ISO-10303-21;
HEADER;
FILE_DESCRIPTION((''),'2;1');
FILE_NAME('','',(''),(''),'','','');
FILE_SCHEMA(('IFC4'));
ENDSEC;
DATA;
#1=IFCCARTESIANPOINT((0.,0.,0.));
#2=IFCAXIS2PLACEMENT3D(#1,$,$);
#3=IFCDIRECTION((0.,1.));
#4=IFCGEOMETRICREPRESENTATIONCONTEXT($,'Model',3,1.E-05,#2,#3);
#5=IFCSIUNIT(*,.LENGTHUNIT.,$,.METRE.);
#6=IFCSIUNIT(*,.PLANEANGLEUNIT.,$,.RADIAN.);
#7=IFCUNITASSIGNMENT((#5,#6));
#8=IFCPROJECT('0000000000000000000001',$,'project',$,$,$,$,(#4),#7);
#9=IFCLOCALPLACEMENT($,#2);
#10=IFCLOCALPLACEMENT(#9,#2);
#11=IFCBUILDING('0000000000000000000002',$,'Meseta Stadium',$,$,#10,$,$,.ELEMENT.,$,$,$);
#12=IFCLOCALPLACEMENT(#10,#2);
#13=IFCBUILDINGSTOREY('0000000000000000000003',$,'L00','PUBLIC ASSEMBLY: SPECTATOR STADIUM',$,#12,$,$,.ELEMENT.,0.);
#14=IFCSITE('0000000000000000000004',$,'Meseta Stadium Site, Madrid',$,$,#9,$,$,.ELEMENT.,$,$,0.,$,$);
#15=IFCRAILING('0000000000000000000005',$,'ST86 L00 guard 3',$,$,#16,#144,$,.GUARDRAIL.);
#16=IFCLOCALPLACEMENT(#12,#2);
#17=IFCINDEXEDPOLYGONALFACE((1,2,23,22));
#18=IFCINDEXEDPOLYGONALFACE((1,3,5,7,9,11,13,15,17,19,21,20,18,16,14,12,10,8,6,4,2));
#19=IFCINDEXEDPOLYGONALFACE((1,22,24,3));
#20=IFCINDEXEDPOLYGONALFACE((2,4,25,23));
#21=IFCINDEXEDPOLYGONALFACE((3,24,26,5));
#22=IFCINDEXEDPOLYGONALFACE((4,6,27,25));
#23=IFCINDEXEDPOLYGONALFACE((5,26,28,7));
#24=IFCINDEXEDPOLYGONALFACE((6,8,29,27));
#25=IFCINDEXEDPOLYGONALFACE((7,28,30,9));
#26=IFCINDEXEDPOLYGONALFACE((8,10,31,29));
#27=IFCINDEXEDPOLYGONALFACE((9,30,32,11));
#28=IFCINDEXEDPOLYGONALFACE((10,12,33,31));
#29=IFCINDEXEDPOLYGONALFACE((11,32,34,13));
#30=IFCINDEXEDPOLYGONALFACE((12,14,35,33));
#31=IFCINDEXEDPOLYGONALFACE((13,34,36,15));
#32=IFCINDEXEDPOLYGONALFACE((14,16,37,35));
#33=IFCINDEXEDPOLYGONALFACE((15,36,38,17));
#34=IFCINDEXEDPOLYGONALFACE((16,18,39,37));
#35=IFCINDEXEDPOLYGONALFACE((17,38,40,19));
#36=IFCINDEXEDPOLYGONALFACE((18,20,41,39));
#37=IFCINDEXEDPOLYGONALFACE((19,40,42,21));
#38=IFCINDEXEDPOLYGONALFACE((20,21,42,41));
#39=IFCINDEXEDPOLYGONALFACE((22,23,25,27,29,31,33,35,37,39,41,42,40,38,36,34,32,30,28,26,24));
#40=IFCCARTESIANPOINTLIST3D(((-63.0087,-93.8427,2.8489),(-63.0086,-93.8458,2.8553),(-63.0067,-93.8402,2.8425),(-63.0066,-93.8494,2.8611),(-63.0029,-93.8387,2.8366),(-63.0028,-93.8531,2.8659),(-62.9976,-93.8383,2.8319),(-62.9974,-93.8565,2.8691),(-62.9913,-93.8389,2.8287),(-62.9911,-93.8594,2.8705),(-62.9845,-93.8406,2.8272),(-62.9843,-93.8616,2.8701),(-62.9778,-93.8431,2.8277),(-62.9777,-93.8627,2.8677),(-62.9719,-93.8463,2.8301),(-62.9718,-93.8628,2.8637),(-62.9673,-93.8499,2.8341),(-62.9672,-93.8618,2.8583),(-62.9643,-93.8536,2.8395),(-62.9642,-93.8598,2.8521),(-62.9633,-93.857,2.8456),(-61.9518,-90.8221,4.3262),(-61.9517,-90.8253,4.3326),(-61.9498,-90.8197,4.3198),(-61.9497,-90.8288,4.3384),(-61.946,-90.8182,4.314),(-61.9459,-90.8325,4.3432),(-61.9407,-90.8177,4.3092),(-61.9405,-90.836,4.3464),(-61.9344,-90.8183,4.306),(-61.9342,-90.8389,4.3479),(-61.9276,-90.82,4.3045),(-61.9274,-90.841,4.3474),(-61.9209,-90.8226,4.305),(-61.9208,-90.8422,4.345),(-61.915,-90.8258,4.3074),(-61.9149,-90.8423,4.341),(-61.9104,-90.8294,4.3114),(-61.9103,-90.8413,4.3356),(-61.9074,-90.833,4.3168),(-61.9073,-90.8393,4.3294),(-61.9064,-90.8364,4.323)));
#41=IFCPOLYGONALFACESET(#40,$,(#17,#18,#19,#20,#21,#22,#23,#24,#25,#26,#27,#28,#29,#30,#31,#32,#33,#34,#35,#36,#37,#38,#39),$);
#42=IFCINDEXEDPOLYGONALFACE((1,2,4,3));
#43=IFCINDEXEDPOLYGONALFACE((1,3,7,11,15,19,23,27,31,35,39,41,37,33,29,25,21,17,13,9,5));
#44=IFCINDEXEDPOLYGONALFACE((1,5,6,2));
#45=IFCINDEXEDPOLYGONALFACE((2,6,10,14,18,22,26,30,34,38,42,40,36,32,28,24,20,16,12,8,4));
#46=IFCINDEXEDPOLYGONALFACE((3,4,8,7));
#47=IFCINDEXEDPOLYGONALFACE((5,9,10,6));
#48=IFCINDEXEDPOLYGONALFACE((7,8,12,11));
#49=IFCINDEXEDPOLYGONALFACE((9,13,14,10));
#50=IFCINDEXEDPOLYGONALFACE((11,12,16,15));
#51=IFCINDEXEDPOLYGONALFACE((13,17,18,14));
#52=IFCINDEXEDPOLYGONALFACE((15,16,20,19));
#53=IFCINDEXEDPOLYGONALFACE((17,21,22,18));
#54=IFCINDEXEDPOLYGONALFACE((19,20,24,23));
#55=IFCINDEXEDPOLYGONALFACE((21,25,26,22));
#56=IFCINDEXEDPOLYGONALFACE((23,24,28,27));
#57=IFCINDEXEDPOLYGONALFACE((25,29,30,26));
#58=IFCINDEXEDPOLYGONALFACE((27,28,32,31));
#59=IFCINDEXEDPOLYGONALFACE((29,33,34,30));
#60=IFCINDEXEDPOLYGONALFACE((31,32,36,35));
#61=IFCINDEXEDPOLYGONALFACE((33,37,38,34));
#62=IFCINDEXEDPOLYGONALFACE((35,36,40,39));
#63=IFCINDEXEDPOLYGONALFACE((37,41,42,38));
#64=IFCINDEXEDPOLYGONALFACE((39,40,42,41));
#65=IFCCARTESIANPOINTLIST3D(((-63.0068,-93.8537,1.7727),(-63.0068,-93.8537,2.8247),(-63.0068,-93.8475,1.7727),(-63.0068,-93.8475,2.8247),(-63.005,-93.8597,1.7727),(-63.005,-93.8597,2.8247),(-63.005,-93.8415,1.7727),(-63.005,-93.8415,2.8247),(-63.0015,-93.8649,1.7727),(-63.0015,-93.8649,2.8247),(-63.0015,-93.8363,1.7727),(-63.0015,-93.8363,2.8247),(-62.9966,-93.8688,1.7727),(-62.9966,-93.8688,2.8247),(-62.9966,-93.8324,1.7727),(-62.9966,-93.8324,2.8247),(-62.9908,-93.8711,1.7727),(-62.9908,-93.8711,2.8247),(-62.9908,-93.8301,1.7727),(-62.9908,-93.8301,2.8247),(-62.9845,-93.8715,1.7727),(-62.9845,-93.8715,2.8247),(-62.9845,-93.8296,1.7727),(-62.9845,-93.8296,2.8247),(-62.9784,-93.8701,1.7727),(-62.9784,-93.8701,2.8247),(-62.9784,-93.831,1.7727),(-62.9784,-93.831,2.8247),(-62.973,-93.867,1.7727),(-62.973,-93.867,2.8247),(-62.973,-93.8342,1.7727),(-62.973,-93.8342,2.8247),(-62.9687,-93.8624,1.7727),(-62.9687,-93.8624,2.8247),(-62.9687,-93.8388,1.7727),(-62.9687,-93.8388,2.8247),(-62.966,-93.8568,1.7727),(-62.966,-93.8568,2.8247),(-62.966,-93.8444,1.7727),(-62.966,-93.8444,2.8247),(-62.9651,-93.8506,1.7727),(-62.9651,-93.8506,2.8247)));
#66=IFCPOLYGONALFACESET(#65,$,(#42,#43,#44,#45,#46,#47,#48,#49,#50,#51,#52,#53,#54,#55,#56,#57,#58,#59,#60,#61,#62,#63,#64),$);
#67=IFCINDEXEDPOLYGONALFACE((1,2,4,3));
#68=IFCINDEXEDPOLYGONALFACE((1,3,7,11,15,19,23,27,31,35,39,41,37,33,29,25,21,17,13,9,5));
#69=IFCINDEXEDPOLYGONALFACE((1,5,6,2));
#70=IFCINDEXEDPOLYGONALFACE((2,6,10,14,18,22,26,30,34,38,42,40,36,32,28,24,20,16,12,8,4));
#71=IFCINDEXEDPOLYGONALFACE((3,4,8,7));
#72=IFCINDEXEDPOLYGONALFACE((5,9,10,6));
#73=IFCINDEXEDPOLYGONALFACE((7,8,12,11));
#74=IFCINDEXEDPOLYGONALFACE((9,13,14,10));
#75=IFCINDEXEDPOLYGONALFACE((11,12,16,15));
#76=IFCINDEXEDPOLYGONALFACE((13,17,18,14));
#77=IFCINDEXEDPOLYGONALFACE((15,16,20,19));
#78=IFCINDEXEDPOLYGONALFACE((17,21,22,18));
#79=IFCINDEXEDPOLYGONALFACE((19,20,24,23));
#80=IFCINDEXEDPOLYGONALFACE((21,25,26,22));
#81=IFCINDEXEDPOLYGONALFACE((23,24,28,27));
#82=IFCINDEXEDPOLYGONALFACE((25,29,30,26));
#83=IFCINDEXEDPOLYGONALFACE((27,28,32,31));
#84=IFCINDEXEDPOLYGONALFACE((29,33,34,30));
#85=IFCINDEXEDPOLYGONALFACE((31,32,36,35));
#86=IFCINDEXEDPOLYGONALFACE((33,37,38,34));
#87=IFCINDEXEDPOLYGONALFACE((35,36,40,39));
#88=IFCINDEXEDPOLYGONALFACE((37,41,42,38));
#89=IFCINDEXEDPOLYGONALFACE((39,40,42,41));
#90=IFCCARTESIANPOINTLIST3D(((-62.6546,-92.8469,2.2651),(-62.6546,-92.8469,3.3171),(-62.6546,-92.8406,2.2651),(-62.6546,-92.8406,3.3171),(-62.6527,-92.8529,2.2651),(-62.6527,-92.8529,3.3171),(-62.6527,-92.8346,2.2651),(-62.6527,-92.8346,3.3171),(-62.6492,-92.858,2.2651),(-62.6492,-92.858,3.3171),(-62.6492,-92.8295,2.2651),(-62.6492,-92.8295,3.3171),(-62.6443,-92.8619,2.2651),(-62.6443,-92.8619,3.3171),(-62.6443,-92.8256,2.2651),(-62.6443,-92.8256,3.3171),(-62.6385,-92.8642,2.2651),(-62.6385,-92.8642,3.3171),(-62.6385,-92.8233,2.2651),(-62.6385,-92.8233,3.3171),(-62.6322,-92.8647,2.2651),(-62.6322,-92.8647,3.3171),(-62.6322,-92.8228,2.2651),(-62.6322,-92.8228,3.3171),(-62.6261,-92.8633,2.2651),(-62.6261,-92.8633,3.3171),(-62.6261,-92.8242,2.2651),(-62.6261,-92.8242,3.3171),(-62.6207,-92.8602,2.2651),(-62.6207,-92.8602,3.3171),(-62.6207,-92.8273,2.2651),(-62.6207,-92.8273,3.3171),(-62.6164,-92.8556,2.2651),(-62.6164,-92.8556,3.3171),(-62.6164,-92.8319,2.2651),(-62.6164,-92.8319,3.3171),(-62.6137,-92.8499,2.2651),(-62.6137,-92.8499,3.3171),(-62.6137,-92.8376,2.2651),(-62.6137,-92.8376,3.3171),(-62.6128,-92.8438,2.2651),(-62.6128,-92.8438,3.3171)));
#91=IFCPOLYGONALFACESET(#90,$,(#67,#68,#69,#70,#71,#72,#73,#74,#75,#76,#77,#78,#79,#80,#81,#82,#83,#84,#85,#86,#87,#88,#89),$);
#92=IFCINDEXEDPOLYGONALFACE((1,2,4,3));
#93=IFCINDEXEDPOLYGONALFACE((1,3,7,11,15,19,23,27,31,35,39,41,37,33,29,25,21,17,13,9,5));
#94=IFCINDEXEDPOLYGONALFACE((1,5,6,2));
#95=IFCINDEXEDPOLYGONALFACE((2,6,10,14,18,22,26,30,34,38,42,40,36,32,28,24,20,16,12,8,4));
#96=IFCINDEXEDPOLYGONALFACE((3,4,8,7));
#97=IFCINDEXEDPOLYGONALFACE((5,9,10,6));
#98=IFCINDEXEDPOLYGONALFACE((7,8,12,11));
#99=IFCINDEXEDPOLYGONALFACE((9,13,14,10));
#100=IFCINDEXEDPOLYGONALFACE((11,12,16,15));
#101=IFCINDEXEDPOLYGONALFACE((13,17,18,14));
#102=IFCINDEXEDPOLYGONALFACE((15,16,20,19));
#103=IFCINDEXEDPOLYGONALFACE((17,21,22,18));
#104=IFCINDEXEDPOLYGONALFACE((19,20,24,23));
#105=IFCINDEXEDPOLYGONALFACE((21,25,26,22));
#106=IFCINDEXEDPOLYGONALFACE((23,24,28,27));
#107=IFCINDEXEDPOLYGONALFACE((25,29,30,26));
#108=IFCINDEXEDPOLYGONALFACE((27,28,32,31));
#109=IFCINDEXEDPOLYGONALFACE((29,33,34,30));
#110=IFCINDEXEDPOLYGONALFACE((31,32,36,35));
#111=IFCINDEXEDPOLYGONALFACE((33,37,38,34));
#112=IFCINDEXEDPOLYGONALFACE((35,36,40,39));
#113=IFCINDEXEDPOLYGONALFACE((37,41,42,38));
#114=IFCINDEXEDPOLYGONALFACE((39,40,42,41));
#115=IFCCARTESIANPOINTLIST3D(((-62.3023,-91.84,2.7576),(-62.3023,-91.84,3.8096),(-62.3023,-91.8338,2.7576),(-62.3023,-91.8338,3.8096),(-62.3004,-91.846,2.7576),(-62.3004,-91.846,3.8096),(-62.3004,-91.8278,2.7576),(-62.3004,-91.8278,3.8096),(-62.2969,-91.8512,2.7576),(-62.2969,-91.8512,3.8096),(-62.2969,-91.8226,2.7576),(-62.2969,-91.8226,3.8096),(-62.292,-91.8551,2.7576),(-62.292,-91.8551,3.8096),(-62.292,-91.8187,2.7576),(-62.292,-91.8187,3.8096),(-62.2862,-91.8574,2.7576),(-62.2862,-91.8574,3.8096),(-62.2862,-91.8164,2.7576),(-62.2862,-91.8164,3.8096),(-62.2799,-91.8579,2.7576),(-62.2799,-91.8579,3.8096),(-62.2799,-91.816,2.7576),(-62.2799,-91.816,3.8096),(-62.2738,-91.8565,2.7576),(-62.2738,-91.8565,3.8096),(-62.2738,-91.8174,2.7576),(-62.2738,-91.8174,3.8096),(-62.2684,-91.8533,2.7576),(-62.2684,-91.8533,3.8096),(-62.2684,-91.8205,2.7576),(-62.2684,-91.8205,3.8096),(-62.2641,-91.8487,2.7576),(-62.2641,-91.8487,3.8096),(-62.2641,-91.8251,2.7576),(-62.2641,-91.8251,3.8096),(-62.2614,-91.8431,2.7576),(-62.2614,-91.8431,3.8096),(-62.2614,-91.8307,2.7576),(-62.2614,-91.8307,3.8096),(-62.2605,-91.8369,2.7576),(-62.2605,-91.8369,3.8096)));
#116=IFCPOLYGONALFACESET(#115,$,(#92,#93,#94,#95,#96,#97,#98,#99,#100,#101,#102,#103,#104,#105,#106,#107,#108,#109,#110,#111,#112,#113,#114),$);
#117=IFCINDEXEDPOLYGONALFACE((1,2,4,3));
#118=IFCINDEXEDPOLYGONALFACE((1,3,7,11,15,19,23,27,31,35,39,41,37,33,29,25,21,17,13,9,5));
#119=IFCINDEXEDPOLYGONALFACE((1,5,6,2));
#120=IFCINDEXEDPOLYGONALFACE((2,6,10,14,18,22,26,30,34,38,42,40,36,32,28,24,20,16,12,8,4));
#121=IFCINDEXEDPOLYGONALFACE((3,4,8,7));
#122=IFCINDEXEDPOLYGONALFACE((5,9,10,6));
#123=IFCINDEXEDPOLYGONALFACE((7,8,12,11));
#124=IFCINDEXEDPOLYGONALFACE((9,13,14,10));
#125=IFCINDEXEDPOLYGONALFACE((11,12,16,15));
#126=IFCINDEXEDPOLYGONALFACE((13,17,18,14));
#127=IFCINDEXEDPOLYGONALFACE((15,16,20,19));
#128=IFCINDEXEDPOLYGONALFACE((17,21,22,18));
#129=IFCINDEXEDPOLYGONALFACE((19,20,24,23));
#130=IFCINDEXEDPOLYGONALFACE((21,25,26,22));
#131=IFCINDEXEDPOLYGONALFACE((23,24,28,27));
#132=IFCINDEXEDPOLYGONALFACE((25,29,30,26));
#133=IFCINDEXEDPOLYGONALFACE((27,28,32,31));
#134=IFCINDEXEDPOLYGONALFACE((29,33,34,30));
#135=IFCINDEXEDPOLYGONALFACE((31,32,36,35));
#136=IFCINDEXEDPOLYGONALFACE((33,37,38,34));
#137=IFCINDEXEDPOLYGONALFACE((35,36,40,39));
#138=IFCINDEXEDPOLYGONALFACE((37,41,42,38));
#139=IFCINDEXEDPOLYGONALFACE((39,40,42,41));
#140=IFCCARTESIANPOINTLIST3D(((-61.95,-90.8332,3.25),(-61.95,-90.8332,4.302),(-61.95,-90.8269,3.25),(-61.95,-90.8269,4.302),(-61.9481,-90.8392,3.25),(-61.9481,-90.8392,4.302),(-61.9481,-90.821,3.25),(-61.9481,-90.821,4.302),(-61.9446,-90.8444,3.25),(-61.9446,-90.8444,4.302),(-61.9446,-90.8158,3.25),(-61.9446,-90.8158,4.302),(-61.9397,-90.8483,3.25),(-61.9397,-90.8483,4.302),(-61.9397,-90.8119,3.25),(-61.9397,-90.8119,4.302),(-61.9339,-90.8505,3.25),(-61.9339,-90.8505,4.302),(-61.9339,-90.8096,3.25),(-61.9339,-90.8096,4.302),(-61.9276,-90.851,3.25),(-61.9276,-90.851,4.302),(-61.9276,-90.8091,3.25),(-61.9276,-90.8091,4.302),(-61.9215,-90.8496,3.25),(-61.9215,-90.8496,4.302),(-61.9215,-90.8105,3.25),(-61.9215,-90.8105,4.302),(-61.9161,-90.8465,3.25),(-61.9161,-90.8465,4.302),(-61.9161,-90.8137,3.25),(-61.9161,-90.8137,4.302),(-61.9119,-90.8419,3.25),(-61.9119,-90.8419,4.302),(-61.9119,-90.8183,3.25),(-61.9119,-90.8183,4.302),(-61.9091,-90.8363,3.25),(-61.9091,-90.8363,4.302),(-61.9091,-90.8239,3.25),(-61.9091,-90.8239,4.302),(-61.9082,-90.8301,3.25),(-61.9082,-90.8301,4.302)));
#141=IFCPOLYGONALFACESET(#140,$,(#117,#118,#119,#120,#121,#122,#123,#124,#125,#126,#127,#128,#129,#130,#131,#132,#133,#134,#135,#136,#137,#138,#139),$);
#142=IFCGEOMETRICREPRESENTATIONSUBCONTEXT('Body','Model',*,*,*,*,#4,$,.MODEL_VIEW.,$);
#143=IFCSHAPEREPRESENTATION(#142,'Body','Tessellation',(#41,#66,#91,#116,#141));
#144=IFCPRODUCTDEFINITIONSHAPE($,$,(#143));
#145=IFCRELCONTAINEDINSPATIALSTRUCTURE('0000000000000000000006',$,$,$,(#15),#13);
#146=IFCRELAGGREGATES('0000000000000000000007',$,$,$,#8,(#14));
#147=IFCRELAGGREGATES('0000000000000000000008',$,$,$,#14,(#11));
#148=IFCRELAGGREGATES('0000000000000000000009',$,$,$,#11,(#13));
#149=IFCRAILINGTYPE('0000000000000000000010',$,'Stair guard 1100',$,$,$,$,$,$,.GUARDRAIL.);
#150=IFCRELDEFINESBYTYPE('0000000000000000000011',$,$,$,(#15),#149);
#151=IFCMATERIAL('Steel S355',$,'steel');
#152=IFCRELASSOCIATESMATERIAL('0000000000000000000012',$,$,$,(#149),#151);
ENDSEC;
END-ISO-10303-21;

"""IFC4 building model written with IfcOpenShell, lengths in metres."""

from ifc_helpers import new_model, si_unit, direction, frame, origin, origin_2d, place, context, subcontext, project, spatial, circle, extrude, material, type_object, element, save


model = new_model("IFC4")

# Units and contexts
model_context = context("Model", 3, precision=1e-05, world=origin(), true_north=direction((0.0, 1.0)))
body_context = subcontext(model_context, "Body", "Model", "MODEL_VIEW")
ifc_project = project(units=[si_unit("LENGTHUNIT", "METRE"), si_unit("PLANEANGLEUNIT", "RADIAN")], contexts=[model_context])

# Site, building, storey
site_placement = place(None, origin())
site = spatial("IfcSite", under=ifc_project, at=site_placement, Name="Meseta Stadium Site, Madrid", CompositionType="ELEMENT", RefElevation=0.0)
building_placement = place(site_placement, origin())
building = spatial("IfcBuilding", under=site, at=building_placement, Name="Meseta Stadium", CompositionType="ELEMENT")
storey_placement = place(building_placement, origin())
storey = spatial("IfcBuildingStorey", under=building, at=storey_placement, Name="L00", Description="PUBLIC ASSEMBLY: SPECTATOR STADIUM", CompositionType="ELEMENT", Elevation=0.0)

# Railing
ifc_material_1 = material(Name="Steel S355", Category="steel")
railing_type_1 = type_object("IfcRailingType", Name="Stair guard 1100", PredefinedType="GUARDRAIL", material=ifc_material_1)
railing_1_placement = place(storey_placement, frame((-62.9861, -93.8506, 1.7727)))
element("IfcRailing", 1, at=railing_1_placement, inside=storey, type_object=railing_type_1, Name="ST86 L00 guard 3", PredefinedType="GUARDRAIL", context=body_context, shape_type="SweptSolid", body=[
    extrude(circle(Radius=0.0239, at=origin_2d()), frame((0.0, 0.0, 1.0762), z_axis=(0.299859, 0.856977, 0.419137), x_axis=(-0.943887, 0.330269, 0.0)), (0.0, 0.0, 1.0), 3.5247),
    extrude(circle(Radius=0.021, at=origin_2d()), origin(), (0.0, 0.0, 1.0), 1.052),
    extrude(circle(Radius=0.021, at=origin_2d()), frame((0.3523, 1.0068, 0.4924)), (0.0, 0.0, 1.0), 1.052),
    extrude(circle(Radius=0.021, at=origin_2d()), frame((0.7046, 2.0137, 0.9849)), (0.0, 0.0, 1.0), 1.052),
    extrude(circle(Radius=0.021, at=origin_2d()), frame((1.0569, 3.0205, 1.4773)), (0.0, 0.0, 1.0), 1.052),
])

save(model, "model.ifc")
